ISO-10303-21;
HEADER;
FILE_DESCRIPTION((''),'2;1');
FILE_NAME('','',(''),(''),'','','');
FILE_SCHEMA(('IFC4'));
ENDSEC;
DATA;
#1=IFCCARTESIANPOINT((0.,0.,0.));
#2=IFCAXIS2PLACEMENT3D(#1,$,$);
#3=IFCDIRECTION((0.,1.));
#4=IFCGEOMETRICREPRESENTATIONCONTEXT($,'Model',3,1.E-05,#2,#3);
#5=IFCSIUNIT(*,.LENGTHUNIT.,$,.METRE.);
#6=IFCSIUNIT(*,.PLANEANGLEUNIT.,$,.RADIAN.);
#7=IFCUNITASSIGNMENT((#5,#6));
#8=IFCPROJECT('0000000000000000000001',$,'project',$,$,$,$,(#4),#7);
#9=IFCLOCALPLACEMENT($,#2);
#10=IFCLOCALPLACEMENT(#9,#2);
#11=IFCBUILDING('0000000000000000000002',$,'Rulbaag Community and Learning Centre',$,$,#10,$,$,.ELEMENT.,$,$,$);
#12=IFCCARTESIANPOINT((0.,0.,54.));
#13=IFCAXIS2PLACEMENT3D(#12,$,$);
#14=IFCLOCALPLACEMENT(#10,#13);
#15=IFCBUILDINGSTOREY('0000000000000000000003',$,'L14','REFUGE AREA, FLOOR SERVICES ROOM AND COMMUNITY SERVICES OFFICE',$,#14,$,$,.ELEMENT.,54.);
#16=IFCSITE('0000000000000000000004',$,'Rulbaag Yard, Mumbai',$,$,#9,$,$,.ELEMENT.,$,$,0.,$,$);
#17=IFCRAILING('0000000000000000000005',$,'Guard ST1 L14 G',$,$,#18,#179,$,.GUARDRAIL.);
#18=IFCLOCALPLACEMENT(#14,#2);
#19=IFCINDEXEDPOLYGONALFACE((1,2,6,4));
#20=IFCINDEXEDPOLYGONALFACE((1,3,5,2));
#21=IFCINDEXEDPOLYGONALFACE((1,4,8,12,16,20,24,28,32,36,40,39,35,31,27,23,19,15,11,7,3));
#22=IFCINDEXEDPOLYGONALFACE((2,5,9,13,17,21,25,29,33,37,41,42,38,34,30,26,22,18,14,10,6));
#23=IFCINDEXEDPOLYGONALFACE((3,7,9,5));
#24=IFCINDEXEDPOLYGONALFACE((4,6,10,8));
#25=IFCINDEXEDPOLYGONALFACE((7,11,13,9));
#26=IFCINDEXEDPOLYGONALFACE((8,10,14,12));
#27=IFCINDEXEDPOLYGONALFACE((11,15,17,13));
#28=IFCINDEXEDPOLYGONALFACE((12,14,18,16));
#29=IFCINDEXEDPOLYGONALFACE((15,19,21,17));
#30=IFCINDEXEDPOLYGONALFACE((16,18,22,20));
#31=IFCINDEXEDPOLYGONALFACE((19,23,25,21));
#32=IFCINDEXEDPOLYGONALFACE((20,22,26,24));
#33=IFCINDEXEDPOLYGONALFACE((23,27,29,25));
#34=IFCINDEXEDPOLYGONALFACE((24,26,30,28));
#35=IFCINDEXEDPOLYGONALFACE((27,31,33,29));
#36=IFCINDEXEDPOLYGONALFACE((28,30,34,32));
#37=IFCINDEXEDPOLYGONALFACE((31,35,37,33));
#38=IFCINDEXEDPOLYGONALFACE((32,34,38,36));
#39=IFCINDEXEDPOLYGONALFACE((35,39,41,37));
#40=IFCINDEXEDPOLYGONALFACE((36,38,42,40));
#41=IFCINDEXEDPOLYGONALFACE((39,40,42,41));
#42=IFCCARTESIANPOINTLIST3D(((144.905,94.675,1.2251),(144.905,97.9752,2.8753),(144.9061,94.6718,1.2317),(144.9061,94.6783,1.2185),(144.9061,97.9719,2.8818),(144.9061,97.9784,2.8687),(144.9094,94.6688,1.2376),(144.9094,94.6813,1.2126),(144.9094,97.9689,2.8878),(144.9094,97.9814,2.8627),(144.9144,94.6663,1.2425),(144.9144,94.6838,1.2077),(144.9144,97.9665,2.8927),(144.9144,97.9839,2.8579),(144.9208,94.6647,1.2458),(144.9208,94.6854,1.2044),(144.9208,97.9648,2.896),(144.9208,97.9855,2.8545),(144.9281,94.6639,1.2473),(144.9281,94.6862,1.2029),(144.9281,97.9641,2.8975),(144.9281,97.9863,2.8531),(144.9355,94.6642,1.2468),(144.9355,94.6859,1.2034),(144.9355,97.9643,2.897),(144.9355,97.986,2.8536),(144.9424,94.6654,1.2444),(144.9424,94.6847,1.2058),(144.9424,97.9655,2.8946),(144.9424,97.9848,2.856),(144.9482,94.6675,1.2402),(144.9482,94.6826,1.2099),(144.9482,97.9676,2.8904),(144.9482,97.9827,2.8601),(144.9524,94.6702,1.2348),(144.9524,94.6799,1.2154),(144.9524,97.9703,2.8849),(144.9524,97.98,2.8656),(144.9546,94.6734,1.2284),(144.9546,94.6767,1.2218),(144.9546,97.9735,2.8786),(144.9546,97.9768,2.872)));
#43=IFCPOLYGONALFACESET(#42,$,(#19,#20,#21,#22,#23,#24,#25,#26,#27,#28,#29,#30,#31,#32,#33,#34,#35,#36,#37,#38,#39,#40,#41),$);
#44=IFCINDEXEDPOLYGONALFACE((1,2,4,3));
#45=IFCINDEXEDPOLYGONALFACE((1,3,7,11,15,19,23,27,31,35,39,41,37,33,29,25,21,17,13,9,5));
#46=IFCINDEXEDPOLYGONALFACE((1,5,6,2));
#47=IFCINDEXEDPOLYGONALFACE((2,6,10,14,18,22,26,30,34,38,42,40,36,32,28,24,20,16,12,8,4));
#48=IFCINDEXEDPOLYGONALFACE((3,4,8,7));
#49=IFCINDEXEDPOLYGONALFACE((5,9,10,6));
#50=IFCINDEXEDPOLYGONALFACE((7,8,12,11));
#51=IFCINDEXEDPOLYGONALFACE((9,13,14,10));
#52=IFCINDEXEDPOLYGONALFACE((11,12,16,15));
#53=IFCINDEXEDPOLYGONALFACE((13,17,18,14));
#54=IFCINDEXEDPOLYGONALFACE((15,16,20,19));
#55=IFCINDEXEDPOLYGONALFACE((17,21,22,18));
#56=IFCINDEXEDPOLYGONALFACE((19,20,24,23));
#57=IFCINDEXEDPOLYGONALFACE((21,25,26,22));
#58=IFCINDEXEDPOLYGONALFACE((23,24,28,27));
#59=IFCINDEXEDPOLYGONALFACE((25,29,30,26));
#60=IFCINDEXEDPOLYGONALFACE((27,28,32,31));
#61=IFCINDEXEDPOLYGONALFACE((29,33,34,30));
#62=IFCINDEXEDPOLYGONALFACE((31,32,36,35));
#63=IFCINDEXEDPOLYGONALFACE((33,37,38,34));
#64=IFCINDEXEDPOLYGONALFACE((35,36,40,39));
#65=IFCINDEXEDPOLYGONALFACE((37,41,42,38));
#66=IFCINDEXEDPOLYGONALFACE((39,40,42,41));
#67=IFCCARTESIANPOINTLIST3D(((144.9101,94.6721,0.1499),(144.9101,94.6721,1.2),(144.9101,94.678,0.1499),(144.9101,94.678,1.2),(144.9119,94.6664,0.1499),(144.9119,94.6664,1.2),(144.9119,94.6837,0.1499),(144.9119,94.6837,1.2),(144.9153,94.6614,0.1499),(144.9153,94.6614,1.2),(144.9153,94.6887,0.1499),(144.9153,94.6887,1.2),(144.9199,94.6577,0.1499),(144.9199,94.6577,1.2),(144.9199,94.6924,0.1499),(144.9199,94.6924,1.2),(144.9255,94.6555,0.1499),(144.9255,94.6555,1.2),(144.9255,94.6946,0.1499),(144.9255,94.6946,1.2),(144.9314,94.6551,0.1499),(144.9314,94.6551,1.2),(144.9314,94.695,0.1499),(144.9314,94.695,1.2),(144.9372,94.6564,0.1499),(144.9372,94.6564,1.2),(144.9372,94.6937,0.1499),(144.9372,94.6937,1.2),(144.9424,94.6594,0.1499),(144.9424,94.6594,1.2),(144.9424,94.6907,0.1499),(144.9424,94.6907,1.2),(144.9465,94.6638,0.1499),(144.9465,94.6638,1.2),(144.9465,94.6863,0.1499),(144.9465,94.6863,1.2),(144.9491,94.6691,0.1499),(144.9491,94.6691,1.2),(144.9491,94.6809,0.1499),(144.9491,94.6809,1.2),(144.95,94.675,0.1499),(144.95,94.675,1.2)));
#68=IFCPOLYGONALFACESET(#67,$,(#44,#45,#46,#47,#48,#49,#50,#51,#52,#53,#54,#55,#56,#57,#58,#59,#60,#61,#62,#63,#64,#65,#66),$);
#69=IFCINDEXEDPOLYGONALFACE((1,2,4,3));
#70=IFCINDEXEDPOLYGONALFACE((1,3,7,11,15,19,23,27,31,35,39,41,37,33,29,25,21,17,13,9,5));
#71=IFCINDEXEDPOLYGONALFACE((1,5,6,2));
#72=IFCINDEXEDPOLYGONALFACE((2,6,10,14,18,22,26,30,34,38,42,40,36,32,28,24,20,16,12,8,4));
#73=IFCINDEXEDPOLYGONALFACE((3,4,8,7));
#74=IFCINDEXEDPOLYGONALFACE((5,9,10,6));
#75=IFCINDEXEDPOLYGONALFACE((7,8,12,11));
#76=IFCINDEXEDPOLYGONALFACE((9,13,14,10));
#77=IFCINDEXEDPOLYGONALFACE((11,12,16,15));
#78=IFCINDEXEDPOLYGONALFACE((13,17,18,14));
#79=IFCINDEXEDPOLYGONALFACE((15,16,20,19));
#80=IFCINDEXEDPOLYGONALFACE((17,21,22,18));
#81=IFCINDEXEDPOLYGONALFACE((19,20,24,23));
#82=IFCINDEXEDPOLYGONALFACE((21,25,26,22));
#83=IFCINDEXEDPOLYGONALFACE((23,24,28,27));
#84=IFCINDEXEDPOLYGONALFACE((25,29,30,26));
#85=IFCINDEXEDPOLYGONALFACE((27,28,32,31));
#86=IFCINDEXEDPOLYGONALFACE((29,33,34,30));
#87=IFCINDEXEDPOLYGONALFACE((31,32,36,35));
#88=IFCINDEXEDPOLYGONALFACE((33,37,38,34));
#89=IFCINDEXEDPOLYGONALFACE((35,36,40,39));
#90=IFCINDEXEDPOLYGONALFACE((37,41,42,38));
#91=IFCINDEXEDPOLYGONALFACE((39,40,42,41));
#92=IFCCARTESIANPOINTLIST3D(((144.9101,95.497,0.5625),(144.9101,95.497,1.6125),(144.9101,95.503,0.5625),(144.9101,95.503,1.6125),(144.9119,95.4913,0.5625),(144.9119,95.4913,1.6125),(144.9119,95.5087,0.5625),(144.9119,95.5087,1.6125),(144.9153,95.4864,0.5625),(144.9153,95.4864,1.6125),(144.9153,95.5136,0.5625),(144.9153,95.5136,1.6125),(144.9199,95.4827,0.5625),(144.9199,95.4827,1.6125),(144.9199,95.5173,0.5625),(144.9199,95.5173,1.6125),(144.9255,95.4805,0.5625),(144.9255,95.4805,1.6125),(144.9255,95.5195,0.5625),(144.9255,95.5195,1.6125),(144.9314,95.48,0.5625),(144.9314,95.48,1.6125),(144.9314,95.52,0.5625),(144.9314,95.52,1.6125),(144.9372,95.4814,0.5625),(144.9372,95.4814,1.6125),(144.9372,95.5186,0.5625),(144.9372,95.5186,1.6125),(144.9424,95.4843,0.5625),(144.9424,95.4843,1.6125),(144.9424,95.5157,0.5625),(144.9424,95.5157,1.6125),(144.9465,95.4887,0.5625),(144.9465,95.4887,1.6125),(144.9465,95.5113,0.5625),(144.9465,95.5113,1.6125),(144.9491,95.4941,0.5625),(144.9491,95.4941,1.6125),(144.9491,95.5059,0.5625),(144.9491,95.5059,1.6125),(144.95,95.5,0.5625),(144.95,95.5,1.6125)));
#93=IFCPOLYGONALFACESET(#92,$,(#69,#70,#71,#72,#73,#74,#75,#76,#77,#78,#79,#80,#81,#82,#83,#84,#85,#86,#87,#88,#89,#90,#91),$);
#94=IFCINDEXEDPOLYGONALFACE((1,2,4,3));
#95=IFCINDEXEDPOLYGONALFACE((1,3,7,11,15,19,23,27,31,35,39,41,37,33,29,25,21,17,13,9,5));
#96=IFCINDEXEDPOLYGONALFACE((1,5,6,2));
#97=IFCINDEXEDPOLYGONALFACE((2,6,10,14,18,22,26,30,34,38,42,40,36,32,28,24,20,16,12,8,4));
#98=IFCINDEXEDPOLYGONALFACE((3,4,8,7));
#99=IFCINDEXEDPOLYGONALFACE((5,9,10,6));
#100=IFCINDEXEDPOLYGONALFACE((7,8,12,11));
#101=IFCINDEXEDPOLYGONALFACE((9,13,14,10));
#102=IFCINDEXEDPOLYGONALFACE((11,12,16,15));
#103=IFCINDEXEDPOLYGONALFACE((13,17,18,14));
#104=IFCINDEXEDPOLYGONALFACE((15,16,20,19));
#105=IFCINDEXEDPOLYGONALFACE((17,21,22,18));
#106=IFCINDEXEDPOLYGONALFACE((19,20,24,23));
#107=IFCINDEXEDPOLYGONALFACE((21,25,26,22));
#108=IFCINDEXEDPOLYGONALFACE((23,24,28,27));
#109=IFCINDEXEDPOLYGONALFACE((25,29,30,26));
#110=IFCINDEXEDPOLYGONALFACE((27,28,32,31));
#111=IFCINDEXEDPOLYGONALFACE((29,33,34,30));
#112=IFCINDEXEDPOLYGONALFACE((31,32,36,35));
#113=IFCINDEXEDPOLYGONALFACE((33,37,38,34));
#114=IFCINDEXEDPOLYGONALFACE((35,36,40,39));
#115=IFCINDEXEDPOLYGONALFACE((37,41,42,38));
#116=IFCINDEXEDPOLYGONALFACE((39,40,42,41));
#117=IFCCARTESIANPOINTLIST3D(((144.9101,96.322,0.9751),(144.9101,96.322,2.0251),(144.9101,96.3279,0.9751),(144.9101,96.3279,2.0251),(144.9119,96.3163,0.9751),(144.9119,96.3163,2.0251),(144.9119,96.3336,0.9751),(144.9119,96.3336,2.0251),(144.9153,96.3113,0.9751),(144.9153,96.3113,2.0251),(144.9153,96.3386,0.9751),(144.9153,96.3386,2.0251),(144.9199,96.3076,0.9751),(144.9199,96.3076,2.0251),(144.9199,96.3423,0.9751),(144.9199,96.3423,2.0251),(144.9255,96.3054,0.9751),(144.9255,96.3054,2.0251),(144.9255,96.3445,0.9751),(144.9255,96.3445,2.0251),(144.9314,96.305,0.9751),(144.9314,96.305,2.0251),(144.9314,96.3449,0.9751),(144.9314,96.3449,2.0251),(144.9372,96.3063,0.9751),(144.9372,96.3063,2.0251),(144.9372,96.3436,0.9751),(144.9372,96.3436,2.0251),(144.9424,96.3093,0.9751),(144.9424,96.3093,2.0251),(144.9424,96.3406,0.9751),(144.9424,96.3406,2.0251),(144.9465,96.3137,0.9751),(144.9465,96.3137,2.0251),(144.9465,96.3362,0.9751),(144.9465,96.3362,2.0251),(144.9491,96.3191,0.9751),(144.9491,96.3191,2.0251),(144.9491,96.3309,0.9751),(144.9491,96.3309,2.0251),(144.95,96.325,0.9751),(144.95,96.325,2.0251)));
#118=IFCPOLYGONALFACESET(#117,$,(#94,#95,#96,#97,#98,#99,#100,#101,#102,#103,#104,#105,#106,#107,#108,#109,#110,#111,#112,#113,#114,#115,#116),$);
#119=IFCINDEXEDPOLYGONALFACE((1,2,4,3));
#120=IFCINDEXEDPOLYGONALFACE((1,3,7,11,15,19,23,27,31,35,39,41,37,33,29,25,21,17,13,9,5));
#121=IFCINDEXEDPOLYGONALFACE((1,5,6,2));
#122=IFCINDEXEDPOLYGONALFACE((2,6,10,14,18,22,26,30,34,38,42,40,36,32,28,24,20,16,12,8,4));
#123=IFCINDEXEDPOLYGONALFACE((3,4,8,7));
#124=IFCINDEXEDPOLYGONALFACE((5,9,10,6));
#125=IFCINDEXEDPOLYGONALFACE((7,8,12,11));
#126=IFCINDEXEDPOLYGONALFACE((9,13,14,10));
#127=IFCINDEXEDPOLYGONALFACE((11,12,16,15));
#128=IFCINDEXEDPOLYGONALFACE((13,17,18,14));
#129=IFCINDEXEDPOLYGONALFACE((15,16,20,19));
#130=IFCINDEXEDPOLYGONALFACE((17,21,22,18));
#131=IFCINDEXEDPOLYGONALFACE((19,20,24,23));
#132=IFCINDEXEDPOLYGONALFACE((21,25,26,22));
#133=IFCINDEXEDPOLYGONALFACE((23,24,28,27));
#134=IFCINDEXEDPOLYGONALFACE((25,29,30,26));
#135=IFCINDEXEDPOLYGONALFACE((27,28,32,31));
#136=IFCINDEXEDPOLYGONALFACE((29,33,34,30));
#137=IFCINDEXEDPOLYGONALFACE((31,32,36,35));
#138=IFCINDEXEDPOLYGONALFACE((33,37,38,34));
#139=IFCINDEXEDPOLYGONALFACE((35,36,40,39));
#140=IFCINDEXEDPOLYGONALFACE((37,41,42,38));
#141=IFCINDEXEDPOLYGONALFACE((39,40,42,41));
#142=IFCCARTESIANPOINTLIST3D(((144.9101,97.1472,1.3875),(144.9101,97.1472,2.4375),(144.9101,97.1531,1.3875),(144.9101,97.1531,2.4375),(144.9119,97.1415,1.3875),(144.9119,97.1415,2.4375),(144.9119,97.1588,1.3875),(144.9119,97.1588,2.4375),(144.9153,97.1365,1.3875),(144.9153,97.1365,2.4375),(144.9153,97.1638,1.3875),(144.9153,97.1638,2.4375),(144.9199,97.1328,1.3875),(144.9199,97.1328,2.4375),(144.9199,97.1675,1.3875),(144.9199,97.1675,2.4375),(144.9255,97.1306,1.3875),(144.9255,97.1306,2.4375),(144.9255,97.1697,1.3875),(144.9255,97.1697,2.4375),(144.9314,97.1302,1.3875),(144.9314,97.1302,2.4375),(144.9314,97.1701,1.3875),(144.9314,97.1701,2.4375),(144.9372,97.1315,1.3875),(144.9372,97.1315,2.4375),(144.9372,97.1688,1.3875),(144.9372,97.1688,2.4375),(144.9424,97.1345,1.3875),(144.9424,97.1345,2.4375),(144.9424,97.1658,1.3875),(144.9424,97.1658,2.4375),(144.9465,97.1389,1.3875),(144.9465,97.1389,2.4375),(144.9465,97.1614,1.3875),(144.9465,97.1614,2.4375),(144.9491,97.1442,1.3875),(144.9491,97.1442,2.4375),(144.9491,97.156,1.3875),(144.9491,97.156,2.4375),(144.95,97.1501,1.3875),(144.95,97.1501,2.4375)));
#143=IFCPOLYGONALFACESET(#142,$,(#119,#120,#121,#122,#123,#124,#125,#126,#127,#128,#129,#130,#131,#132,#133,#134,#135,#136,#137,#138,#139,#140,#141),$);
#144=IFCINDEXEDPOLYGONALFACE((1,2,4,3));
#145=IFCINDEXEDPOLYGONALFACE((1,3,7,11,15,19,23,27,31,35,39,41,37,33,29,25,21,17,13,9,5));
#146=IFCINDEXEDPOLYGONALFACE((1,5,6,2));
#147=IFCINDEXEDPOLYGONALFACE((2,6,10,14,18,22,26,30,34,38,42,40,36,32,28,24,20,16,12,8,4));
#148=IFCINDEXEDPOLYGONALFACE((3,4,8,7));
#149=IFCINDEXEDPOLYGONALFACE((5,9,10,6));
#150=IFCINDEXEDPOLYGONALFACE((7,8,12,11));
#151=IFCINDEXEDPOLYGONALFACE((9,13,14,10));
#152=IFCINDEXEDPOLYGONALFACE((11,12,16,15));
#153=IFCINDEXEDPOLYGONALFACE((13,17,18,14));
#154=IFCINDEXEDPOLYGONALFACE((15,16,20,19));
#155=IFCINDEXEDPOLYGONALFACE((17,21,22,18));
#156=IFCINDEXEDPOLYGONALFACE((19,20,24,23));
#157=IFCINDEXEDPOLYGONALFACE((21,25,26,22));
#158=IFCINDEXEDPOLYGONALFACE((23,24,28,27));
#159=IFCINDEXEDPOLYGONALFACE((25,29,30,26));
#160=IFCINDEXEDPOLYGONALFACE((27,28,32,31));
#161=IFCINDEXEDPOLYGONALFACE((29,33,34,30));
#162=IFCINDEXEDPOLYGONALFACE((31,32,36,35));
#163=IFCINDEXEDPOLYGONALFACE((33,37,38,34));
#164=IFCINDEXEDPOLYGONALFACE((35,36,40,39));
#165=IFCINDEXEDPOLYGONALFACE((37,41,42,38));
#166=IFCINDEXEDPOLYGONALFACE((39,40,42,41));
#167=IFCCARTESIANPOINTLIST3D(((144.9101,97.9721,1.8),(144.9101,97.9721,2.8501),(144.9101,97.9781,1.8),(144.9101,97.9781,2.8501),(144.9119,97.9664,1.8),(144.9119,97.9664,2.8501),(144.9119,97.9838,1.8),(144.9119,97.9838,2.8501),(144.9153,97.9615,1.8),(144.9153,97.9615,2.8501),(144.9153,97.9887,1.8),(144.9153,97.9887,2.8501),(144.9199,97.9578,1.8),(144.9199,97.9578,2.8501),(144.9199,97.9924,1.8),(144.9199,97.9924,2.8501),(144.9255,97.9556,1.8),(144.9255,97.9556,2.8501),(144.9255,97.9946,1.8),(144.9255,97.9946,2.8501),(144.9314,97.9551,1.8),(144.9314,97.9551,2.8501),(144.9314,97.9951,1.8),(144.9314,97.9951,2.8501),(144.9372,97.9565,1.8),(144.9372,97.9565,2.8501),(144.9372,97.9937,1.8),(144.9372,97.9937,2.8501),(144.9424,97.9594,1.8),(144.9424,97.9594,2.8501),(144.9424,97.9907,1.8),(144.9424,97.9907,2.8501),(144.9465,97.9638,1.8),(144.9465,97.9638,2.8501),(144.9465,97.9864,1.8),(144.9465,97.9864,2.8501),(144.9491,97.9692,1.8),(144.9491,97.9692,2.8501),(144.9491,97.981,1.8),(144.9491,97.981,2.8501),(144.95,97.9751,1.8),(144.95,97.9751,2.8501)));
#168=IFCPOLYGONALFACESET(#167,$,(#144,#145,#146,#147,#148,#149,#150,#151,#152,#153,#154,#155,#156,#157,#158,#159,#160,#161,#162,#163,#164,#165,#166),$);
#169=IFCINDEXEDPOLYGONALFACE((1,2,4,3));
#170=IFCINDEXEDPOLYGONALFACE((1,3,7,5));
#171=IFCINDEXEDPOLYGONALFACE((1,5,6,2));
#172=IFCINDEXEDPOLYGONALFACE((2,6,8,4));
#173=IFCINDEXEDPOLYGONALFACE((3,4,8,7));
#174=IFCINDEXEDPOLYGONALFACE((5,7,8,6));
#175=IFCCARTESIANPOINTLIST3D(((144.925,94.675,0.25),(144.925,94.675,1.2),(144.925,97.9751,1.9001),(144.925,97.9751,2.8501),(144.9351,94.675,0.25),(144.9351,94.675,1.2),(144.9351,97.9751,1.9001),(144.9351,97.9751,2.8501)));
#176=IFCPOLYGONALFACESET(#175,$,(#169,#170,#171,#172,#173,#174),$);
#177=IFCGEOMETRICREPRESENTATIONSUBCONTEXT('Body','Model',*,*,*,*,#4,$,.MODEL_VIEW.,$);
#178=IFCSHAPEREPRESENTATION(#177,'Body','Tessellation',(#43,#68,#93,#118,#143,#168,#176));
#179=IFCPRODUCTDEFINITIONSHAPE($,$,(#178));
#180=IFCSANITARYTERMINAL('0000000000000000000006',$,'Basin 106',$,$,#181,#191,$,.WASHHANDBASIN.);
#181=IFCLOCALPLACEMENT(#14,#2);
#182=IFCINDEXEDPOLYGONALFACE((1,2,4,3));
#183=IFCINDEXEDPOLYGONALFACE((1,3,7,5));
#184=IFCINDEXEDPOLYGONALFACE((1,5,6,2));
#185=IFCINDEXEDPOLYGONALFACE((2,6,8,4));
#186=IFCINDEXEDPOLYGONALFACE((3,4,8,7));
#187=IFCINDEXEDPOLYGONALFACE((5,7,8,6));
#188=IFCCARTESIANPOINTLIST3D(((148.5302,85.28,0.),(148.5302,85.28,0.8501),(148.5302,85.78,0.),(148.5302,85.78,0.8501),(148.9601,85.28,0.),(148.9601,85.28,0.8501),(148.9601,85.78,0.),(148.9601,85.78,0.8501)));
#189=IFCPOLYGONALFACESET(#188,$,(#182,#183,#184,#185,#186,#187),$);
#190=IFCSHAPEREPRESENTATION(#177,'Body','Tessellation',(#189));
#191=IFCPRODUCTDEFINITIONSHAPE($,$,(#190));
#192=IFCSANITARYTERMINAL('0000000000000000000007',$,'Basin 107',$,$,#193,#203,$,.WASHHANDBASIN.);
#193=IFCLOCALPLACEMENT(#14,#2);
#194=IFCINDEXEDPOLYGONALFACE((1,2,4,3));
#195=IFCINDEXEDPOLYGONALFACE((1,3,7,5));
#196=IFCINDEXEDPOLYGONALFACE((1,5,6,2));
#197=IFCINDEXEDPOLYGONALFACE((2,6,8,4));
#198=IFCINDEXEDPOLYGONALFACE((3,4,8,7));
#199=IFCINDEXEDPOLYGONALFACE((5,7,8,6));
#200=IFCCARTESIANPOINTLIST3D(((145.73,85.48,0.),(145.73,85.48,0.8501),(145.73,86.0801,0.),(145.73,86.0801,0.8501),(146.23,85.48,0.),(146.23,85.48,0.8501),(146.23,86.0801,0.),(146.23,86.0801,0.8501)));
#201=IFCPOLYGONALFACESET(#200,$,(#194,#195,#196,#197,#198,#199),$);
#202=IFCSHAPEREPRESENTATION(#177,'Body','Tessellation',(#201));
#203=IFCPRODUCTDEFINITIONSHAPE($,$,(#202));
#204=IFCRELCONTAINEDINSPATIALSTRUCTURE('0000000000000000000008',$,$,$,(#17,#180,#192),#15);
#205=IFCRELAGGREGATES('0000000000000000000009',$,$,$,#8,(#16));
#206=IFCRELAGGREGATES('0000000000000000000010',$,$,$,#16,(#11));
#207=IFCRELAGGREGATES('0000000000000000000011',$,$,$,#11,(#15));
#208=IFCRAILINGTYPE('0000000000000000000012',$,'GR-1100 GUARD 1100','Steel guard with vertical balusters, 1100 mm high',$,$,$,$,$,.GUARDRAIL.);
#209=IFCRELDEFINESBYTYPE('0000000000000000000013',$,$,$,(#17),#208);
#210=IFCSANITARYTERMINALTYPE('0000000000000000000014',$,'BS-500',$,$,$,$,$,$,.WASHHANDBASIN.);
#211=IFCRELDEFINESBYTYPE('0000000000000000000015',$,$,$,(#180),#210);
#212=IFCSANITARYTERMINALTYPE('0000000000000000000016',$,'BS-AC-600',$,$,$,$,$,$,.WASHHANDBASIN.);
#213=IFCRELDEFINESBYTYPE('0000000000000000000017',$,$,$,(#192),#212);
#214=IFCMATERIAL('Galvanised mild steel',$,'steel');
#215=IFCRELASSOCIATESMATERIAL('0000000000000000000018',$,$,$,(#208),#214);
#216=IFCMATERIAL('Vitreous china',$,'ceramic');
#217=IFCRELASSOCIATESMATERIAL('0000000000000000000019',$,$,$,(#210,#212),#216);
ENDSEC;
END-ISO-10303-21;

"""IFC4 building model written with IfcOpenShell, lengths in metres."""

from ifc_helpers import new_model, si_unit, direction, frame, origin, origin_2d, place, context, subcontext, project, spatial, polyline, rectangle, circle, outline, extrude, material, type_object, element, save


model = new_model("IFC4")

# Units and contexts
model_context = context("Model", 3, precision=1e-05, world=origin(), true_north=direction((0.0, 1.0)))
body_context = subcontext(model_context, "Body", "Model", "MODEL_VIEW")
ifc_project = project(units=[si_unit("LENGTHUNIT", "METRE"), si_unit("PLANEANGLEUNIT", "RADIAN")], contexts=[model_context])

# Site, building, storey
site_placement = place(None, origin())
site = spatial("IfcSite", under=ifc_project, at=site_placement, Name="Rulbaag Yard, Mumbai", CompositionType="ELEMENT", RefElevation=0.0)
building_placement = place(site_placement, origin())
building = spatial("IfcBuilding", under=site, at=building_placement, Name="Rulbaag Community and Learning Centre", CompositionType="ELEMENT")
storey_placement = place(building_placement, frame((0.0, 0.0, 54.0)))
storey = spatial("IfcBuildingStorey", under=building, at=storey_placement, Name="L14", Description="REFUGE AREA, FLOOR SERVICES ROOM AND COMMUNITY SERVICES OFFICE", CompositionType="ELEMENT", Elevation=54.0)

# Railing
ifc_material_1 = material(Name="Galvanised mild steel", Category="steel")
railing_type_1 = type_object("IfcRailingType", Name="GR-1100 GUARD 1100", Description="Steel guard with vertical balusters, 1100 mm high", PredefinedType="GUARDRAIL", material=ifc_material_1)
railing_1_placement = place(storey_placement, frame((144.9299, 94.675, 0.1499)))
element("IfcRailing", 1, at=railing_1_placement, inside=storey, type_object=railing_type_1, Name="Guard ST1 L14 G", PredefinedType="GUARDRAIL", context=body_context, shape_type="SweptSolid", body=[
    extrude(circle(Radius=0.0249, at=origin_2d()), frame((0.0, 0.0, 1.0752), z_axis=(0.0, 0.894414, 0.44724), x_axis=(-1.0, 0.0, 0.0)), (0.0, 0.0, 1.0), 3.6897),
    extrude(circle(Radius=0.02, at=origin_2d()), origin(), (0.0, 0.0, 1.0), 1.05),
    extrude(circle(Radius=0.02, at=origin_2d()), frame((0.0, 0.825, 0.4126)), (0.0, 0.0, 1.0), 1.05),
    extrude(circle(Radius=0.02, at=origin_2d()), frame((0.0, 1.6499, 0.8252)), (0.0, 0.0, 1.0), 1.05),
    extrude(circle(Radius=0.02, at=origin_2d()), frame((0.0, 2.4751, 1.2375)), (0.0, 0.0, 1.0), 1.05),
    extrude(circle(Radius=0.02, at=origin_2d()), frame((0.0, 3.3, 1.6501)), (0.0, 0.0, 1.0), 1.05),
    extrude(outline(polyline([(0.0, 0.0), (3.3, 1.6501), (3.3, 2.6001), (0.0, 0.95), (0.0, 0.0)])), frame((-0.0049, 0.0, 0.1001), z_axis=(1.0, 0.0, 0.0), x_axis=(0.0, 1.0, 0.0)), (0.0, 0.0, 1.0), 0.01),
])

# Sanitary terminals
ifc_material_2 = material(Name="Vitreous china", Category="ceramic")
sanitary_terminal_type_1 = type_object("IfcSanitaryTerminalType", Name="BS-500", PredefinedType="WASHHANDBASIN", material=ifc_material_2)
sanitary_terminal_1_placement = place(storey_placement, frame((148.7451, 85.53, 0.0), z_axis=(0.0, 0.0, 1.0), x_axis=(1.0, 0.0, 0.0)))
element("IfcSanitaryTerminal", 2, at=sanitary_terminal_1_placement, inside=storey, type_object=sanitary_terminal_type_1, Name="Basin 106", PredefinedType="WASHHANDBASIN", context=body_context, shape_type="SweptSolid", body=[
    extrude(rectangle(XDim=0.4299, YDim=0.5, at=origin_2d()), origin(), (0.0, 0.0, 1.0), 0.8501),
])
sanitary_terminal_type_2 = type_object("IfcSanitaryTerminalType", Name="BS-AC-600", PredefinedType="WASHHANDBASIN", material=ifc_material_2)
sanitary_terminal_2_placement = place(storey_placement, frame((145.98, 85.78, 0.0), z_axis=(0.0, 0.0, 1.0), x_axis=(1.0, 0.0, 0.0)))
element("IfcSanitaryTerminal", 3, at=sanitary_terminal_2_placement, inside=storey, type_object=sanitary_terminal_type_2, Name="Basin 107", PredefinedType="WASHHANDBASIN", context=body_context, shape_type="SweptSolid", body=[
    extrude(rectangle(XDim=0.5, YDim=0.6001, at=origin_2d()), origin(), (0.0, 0.0, 1.0), 0.8501),
])

save(model, "model.ifc")
